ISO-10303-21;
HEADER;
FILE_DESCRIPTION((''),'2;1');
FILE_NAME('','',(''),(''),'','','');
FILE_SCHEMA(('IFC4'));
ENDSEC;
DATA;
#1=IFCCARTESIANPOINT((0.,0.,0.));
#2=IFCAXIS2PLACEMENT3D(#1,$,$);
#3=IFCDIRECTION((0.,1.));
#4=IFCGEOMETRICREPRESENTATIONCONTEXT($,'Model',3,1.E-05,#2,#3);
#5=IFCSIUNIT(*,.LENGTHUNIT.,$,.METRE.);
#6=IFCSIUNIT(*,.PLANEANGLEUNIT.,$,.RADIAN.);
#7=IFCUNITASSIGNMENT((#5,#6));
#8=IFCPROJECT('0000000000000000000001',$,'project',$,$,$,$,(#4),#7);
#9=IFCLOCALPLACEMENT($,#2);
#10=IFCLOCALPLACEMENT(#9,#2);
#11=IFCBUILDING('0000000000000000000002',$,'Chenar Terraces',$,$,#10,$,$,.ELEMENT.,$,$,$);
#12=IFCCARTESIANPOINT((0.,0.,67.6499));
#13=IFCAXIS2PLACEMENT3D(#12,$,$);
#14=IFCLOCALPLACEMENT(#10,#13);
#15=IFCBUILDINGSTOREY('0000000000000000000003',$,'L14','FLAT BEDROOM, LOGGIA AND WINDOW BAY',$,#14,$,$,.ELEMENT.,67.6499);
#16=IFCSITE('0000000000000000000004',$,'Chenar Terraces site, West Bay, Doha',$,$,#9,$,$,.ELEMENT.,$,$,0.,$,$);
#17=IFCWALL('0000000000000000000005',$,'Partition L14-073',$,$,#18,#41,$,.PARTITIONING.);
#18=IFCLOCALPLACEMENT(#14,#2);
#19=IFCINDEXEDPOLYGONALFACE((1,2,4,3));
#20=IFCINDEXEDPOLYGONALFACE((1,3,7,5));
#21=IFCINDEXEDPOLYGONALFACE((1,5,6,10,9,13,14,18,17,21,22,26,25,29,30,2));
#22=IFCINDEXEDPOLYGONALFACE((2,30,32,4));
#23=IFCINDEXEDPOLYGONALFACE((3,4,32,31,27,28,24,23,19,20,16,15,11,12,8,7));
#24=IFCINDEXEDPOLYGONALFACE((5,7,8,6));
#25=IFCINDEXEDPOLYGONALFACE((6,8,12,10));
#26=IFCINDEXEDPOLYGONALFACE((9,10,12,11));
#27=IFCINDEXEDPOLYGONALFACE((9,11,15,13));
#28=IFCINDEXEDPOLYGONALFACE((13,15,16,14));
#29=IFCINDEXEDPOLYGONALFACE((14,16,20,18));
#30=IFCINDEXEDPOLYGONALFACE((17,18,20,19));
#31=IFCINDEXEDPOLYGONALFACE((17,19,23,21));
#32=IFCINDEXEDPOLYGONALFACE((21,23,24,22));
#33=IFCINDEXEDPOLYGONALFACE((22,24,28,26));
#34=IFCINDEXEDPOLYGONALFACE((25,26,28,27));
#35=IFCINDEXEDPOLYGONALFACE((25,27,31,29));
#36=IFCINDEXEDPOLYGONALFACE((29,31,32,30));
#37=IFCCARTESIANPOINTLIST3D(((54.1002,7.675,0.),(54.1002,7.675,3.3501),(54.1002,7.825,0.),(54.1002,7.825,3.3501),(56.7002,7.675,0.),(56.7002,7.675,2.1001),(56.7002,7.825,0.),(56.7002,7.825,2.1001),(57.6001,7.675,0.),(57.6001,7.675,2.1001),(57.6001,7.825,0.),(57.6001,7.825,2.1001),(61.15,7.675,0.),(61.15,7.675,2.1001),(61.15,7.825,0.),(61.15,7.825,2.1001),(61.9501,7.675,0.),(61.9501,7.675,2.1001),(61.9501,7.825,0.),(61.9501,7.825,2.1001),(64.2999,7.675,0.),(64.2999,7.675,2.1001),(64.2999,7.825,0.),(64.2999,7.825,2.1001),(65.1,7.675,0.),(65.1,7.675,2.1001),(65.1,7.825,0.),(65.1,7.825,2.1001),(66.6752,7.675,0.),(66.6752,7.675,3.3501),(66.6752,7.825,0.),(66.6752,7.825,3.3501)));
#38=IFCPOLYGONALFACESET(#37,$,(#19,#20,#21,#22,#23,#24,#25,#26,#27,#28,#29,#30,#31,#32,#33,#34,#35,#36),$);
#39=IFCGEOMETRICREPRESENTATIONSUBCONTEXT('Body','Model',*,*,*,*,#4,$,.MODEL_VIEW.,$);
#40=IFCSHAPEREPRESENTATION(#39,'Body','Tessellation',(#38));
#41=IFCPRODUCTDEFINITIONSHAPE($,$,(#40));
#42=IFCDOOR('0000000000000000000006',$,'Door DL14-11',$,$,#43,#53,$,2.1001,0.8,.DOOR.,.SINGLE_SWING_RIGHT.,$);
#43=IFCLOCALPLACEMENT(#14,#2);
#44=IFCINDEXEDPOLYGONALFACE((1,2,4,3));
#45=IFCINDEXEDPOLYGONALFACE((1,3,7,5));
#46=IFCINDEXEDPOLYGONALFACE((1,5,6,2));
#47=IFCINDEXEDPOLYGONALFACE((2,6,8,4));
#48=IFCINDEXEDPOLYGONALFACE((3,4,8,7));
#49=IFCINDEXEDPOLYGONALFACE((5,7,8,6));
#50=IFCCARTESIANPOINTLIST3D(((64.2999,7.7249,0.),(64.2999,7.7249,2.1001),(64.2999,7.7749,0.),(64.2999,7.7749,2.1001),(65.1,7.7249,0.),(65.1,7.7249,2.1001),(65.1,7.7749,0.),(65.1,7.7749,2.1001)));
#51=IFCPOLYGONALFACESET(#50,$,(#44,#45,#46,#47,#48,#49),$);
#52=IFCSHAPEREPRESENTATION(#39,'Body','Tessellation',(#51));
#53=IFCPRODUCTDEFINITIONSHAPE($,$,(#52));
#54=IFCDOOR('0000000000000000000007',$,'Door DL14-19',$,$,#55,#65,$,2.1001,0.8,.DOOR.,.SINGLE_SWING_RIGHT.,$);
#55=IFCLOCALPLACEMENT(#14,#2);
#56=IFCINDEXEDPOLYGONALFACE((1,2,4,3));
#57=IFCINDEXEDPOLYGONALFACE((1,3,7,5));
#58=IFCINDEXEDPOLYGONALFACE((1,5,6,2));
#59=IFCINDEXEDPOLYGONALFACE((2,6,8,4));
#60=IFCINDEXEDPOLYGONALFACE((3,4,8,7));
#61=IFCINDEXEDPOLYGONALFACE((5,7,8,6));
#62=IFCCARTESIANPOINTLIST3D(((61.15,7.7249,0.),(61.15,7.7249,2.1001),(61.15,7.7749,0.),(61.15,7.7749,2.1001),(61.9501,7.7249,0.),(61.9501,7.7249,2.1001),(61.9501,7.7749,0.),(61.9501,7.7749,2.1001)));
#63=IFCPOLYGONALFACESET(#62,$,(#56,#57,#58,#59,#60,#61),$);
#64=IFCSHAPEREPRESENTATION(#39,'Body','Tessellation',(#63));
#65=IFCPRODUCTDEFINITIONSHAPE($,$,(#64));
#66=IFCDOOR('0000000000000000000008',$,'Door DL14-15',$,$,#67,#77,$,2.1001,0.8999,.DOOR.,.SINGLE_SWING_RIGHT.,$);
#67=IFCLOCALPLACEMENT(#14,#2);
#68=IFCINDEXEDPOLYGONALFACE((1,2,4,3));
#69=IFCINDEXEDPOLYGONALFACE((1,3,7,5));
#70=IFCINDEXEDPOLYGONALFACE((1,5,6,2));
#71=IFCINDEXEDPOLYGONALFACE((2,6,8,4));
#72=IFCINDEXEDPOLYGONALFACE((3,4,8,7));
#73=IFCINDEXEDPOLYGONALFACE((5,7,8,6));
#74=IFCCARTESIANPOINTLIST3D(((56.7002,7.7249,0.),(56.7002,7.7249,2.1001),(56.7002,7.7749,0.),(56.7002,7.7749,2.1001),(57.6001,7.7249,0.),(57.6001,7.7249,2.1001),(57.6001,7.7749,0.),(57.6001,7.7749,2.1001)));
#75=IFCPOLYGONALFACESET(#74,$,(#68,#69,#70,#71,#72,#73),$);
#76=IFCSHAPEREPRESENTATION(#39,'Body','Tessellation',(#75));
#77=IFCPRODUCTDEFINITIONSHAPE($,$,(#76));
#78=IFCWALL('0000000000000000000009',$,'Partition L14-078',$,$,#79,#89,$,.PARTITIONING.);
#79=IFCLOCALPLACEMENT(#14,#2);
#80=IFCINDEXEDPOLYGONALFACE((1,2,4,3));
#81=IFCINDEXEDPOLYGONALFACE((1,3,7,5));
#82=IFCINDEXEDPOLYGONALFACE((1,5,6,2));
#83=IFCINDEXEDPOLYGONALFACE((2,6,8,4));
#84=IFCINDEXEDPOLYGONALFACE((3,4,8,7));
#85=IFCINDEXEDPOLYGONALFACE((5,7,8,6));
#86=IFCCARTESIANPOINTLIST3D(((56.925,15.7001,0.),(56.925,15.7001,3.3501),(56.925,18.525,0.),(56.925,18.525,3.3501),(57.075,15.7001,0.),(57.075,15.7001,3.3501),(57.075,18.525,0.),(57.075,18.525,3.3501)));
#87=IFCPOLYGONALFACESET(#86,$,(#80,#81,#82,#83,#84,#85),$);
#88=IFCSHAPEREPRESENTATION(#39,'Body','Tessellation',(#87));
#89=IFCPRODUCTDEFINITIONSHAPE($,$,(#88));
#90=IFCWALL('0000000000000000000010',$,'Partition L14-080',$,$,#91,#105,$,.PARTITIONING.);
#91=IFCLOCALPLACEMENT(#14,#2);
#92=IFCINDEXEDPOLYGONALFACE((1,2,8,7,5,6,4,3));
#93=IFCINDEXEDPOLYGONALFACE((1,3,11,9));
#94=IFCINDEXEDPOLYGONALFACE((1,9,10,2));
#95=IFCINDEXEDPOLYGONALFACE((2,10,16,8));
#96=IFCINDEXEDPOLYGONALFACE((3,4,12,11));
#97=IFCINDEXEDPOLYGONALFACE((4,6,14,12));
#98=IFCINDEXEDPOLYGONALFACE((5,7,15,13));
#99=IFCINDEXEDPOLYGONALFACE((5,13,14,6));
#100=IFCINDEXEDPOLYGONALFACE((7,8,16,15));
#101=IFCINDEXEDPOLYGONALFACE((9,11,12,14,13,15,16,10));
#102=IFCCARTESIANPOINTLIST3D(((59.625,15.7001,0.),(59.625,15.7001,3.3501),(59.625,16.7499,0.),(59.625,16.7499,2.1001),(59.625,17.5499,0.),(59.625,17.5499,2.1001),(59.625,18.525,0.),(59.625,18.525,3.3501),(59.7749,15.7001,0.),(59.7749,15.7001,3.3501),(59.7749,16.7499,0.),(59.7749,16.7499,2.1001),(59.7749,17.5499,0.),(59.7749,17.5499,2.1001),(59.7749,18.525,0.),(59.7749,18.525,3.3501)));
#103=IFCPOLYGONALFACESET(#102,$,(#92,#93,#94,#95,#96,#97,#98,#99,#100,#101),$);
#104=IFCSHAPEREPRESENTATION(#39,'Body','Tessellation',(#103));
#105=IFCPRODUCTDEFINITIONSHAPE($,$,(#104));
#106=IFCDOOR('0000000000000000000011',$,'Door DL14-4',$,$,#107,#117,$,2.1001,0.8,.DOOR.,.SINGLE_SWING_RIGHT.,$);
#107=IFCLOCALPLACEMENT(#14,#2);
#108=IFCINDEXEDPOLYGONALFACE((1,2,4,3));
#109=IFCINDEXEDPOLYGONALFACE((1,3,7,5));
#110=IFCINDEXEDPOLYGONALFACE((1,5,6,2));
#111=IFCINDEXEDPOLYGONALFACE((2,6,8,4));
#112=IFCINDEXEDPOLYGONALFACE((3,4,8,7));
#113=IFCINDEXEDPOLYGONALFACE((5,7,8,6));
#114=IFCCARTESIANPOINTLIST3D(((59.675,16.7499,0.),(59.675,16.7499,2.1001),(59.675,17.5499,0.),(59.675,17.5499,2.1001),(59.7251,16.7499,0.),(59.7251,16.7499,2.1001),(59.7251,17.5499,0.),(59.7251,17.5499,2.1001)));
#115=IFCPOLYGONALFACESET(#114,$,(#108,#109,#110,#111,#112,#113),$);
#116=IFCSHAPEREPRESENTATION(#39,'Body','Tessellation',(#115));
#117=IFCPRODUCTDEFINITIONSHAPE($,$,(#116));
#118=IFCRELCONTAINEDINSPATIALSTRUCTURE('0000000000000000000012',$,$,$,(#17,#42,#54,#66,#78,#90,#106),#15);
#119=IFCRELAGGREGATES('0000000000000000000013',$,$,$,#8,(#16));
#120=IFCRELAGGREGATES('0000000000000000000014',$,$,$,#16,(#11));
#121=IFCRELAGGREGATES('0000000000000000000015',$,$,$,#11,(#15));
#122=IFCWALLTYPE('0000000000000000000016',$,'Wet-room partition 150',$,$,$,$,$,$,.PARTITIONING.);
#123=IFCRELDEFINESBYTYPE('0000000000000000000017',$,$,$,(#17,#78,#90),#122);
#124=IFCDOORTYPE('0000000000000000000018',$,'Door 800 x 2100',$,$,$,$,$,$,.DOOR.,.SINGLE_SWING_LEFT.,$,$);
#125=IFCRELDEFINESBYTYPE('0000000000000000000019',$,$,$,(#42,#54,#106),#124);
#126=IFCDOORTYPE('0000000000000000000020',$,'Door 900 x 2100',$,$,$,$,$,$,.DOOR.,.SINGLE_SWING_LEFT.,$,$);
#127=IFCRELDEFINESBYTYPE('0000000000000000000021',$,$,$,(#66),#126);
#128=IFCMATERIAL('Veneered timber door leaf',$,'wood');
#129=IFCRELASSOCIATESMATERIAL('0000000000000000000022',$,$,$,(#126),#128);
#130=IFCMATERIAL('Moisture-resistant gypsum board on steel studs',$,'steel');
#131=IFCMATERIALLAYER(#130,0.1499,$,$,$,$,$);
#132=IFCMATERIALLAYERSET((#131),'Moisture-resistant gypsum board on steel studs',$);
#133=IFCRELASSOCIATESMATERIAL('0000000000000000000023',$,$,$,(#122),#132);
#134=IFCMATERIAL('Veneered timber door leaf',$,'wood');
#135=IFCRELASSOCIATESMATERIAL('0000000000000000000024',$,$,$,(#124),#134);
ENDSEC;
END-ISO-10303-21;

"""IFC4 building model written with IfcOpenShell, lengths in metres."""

from ifc_helpers import new_model, si_unit, direction, frame, frame_2d, origin, place, context, subcontext, project, spatial, rectangle, extrude, material, layer, layer_set, type_object, element, fill, save


model = new_model("IFC4")

# Units and contexts
model_context = context("Model", 3, precision=1e-05, world=origin(), true_north=direction((0.0, 1.0)))
body_context = subcontext(model_context, "Body", "Model", "MODEL_VIEW")
ifc_project = project(units=[si_unit("LENGTHUNIT", "METRE"), si_unit("PLANEANGLEUNIT", "RADIAN")], contexts=[model_context])

# Site, building, storey
site_placement = place(None, origin())
site = spatial("IfcSite", under=ifc_project, at=site_placement, Name="Chenar Terraces site, West Bay, Doha", CompositionType="ELEMENT", RefElevation=0.0)
building_placement = place(site_placement, origin())
building = spatial("IfcBuilding", under=site, at=building_placement, Name="Chenar Terraces", CompositionType="ELEMENT")
storey_placement = place(building_placement, frame((0.0, 0.0, 67.6499)))
storey = spatial("IfcBuildingStorey", under=building, at=storey_placement, Name="L14", Description="FLAT BEDROOM, LOGGIA AND WINDOW BAY", CompositionType="ELEMENT", Elevation=67.6499)

# Shared definitions
ifc_material_1 = material(Name="Veneered timber door leaf", Category="wood")
door_type_1 = type_object("IfcDoorType", Name="Door 900 x 2100", OperationType="SINGLE_SWING_LEFT", PredefinedType="DOOR", material=ifc_material_1)

# Shared definitions
ifc_material_2 = material(Name="Moisture-resistant gypsum board on steel studs", Category="steel")
ifc_layer_1 = layer(ifc_material_2, 0.1499)
ifc_layer_set_1 = layer_set([ifc_layer_1], Name="Moisture-resistant gypsum board on steel studs")
wall_type_1 = type_object("IfcWallType", Name="Wet-room partition 150", PredefinedType="PARTITIONING", material=ifc_layer_set_1)

# Wall, openings, doors
wall_1_placement = place(storey_placement, frame((54.1001, 7.75, 0.0), z_axis=(0.0, 0.0, 1.0), x_axis=(1.0, 0.0, 0.0)))
wall_1 = element("IfcWall", 1, at=wall_1_placement, inside=storey, type_object=wall_type_1, Name="Partition L14-073", PredefinedType="PARTITIONING", context=body_context, shape_type="SweptSolid", body=[
    extrude(rectangle(XDim=12.575, YDim=0.1499, at=frame_2d((6.2876, 0.0))), origin(), (0.0, 0.0, 1.0), 3.3501),
])
opening_1_placement = place(wall_1_placement, frame((10.2, 0.0, 0.0)))
opening_1 = element("IfcOpeningElement", 2, at=opening_1_placement, cuts=wall_1, PredefinedType="OPENING", context=body_context, shape_type="SweptSolid", body=[
    extrude(rectangle(XDim=0.8, YDim=2.1001, at=frame_2d((0.3999, 1.05))), frame((0.0, 0.085, 0.0), z_axis=(0.0, -1.0, 0.0), x_axis=(1.0, 0.0, 0.0)), (0.0, 0.0, 1.0), 0.1699),
])
opening_2_placement = place(wall_1_placement, frame((2.6001, 0.0, 0.0)))
opening_2 = element("IfcOpeningElement", 3, at=opening_2_placement, cuts=wall_1, PredefinedType="OPENING", context=body_context, shape_type="SweptSolid", body=[
    extrude(rectangle(XDim=0.8999, YDim=2.1001, at=frame_2d((0.45, 1.05))), frame((0.0, 0.085, 0.0), z_axis=(0.0, -1.0, 0.0), x_axis=(1.0, 0.0, 0.0)), (0.0, 0.0, 1.0), 0.1699),
])
opening_3_placement = place(wall_1_placement, frame((7.05, 0.0, 0.0)))
opening_3 = element("IfcOpeningElement", 4, at=opening_3_placement, cuts=wall_1, PredefinedType="OPENING", context=body_context, shape_type="SweptSolid", body=[
    extrude(rectangle(XDim=0.8, YDim=2.1001, at=frame_2d((0.3999, 1.05))), frame((0.0, 0.085, 0.0), z_axis=(0.0, -1.0, 0.0), x_axis=(1.0, 0.0, 0.0)), (0.0, 0.0, 1.0), 0.1699),
])
ifc_material_3 = material(Name="Veneered timber door leaf", Category="wood")
door_type_2 = type_object("IfcDoorType", Name="Door 800 x 2100", OperationType="SINGLE_SWING_LEFT", PredefinedType="DOOR", material=ifc_material_3)
door_1_placement = place(opening_1_placement, origin())
door_1 = element("IfcDoor", 5, at=door_1_placement, inside=storey, type_object=door_type_2, Name="Door DL14-11", OperationType="SINGLE_SWING_RIGHT", OverallHeight=2.1001, OverallWidth=0.8, PredefinedType="DOOR", context=body_context, shape_type="SweptSolid", body=[
    extrude(rectangle(XDim=0.8, YDim=2.1001, at=frame_2d((0.3999, 1.05))), frame((0.0, 0.0249, 0.0), z_axis=(0.0, -1.0, 0.0), x_axis=(1.0, 0.0, 0.0)), (0.0, 0.0, 1.0), 0.05),
])
fill(opening_1, door_1)
door_2_placement = place(opening_3_placement, origin())
door_2 = element("IfcDoor", 6, at=door_2_placement, inside=storey, type_object=door_type_2, Name="Door DL14-19", OperationType="SINGLE_SWING_RIGHT", OverallHeight=2.1001, OverallWidth=0.8, PredefinedType="DOOR", context=body_context, shape_type="SweptSolid", body=[
    extrude(rectangle(XDim=0.8, YDim=2.1001, at=frame_2d((0.3999, 1.05))), frame((0.0, 0.0249, 0.0), z_axis=(0.0, -1.0, 0.0), x_axis=(1.0, 0.0, 0.0)), (0.0, 0.0, 1.0), 0.05),
])
fill(opening_3, door_2)
door_3_placement = place(opening_2_placement, origin())
door_3 = element("IfcDoor", 7, at=door_3_placement, inside=storey, type_object=door_type_1, Name="Door DL14-15", OperationType="SINGLE_SWING_RIGHT", OverallHeight=2.1001, OverallWidth=0.8999, PredefinedType="DOOR", context=body_context, shape_type="SweptSolid", body=[
    extrude(rectangle(XDim=0.8999, YDim=2.1001, at=frame_2d((0.45, 1.05))), frame((0.0, 0.0249, 0.0), z_axis=(0.0, -1.0, 0.0), x_axis=(1.0, 0.0, 0.0)), (0.0, 0.0, 1.0), 0.05),
])
fill(opening_2, door_3)

# Wall
wall_2_placement = place(storey_placement, frame((57.0, 15.7, 0.0), z_axis=(0.0, 0.0, 1.0), x_axis=(0.0, 1.0, 0.0)))
element("IfcWall", 8, at=wall_2_placement, inside=storey, type_object=wall_type_1, Name="Partition L14-078", PredefinedType="PARTITIONING", context=body_context, shape_type="SweptSolid", body=[
    extrude(rectangle(XDim=2.825, YDim=0.1499, at=frame_2d((1.4126, 0.0))), origin(), (0.0, 0.0, 1.0), 3.3501),
])

# Wall, opening, door
wall_3_placement = place(storey_placement, frame((59.7, 15.7, 0.0), z_axis=(0.0, 0.0, 1.0), x_axis=(0.0, 1.0, 0.0)))
wall_3 = element("IfcWall", 9, at=wall_3_placement, inside=storey, type_object=wall_type_1, Name="Partition L14-080", PredefinedType="PARTITIONING", context=body_context, shape_type="SweptSolid", body=[
    extrude(rectangle(XDim=2.825, YDim=0.1499, at=frame_2d((1.4126, 0.0))), origin(), (0.0, 0.0, 1.0), 3.3501),
])
opening_4_placement = place(wall_3_placement, frame((1.05, 0.0, 0.0)))
opening_4 = element("IfcOpeningElement", 10, at=opening_4_placement, cuts=wall_3, PredefinedType="OPENING", context=body_context, shape_type="SweptSolid", body=[
    extrude(rectangle(XDim=0.8, YDim=2.1001, at=frame_2d((0.3999, 1.05))), frame((0.0, 0.085, 0.0), z_axis=(0.0, -1.0, 0.0), x_axis=(1.0, 0.0, 0.0)), (0.0, 0.0, 1.0), 0.1699),
])
door_4_placement = place(opening_4_placement, origin())
door_4 = element("IfcDoor", 11, at=door_4_placement, inside=storey, type_object=door_type_2, Name="Door DL14-4", OperationType="SINGLE_SWING_RIGHT", OverallHeight=2.1001, OverallWidth=0.8, PredefinedType="DOOR", context=body_context, shape_type="SweptSolid", body=[
    extrude(rectangle(XDim=0.8, YDim=2.1001, at=frame_2d((0.3999, 1.05))), frame((0.0, 0.0249, 0.0), z_axis=(0.0, -1.0, 0.0), x_axis=(1.0, 0.0, 0.0)), (0.0, 0.0, 1.0), 0.05),
])
fill(opening_4, door_4)

save(model, "model.ifc")
